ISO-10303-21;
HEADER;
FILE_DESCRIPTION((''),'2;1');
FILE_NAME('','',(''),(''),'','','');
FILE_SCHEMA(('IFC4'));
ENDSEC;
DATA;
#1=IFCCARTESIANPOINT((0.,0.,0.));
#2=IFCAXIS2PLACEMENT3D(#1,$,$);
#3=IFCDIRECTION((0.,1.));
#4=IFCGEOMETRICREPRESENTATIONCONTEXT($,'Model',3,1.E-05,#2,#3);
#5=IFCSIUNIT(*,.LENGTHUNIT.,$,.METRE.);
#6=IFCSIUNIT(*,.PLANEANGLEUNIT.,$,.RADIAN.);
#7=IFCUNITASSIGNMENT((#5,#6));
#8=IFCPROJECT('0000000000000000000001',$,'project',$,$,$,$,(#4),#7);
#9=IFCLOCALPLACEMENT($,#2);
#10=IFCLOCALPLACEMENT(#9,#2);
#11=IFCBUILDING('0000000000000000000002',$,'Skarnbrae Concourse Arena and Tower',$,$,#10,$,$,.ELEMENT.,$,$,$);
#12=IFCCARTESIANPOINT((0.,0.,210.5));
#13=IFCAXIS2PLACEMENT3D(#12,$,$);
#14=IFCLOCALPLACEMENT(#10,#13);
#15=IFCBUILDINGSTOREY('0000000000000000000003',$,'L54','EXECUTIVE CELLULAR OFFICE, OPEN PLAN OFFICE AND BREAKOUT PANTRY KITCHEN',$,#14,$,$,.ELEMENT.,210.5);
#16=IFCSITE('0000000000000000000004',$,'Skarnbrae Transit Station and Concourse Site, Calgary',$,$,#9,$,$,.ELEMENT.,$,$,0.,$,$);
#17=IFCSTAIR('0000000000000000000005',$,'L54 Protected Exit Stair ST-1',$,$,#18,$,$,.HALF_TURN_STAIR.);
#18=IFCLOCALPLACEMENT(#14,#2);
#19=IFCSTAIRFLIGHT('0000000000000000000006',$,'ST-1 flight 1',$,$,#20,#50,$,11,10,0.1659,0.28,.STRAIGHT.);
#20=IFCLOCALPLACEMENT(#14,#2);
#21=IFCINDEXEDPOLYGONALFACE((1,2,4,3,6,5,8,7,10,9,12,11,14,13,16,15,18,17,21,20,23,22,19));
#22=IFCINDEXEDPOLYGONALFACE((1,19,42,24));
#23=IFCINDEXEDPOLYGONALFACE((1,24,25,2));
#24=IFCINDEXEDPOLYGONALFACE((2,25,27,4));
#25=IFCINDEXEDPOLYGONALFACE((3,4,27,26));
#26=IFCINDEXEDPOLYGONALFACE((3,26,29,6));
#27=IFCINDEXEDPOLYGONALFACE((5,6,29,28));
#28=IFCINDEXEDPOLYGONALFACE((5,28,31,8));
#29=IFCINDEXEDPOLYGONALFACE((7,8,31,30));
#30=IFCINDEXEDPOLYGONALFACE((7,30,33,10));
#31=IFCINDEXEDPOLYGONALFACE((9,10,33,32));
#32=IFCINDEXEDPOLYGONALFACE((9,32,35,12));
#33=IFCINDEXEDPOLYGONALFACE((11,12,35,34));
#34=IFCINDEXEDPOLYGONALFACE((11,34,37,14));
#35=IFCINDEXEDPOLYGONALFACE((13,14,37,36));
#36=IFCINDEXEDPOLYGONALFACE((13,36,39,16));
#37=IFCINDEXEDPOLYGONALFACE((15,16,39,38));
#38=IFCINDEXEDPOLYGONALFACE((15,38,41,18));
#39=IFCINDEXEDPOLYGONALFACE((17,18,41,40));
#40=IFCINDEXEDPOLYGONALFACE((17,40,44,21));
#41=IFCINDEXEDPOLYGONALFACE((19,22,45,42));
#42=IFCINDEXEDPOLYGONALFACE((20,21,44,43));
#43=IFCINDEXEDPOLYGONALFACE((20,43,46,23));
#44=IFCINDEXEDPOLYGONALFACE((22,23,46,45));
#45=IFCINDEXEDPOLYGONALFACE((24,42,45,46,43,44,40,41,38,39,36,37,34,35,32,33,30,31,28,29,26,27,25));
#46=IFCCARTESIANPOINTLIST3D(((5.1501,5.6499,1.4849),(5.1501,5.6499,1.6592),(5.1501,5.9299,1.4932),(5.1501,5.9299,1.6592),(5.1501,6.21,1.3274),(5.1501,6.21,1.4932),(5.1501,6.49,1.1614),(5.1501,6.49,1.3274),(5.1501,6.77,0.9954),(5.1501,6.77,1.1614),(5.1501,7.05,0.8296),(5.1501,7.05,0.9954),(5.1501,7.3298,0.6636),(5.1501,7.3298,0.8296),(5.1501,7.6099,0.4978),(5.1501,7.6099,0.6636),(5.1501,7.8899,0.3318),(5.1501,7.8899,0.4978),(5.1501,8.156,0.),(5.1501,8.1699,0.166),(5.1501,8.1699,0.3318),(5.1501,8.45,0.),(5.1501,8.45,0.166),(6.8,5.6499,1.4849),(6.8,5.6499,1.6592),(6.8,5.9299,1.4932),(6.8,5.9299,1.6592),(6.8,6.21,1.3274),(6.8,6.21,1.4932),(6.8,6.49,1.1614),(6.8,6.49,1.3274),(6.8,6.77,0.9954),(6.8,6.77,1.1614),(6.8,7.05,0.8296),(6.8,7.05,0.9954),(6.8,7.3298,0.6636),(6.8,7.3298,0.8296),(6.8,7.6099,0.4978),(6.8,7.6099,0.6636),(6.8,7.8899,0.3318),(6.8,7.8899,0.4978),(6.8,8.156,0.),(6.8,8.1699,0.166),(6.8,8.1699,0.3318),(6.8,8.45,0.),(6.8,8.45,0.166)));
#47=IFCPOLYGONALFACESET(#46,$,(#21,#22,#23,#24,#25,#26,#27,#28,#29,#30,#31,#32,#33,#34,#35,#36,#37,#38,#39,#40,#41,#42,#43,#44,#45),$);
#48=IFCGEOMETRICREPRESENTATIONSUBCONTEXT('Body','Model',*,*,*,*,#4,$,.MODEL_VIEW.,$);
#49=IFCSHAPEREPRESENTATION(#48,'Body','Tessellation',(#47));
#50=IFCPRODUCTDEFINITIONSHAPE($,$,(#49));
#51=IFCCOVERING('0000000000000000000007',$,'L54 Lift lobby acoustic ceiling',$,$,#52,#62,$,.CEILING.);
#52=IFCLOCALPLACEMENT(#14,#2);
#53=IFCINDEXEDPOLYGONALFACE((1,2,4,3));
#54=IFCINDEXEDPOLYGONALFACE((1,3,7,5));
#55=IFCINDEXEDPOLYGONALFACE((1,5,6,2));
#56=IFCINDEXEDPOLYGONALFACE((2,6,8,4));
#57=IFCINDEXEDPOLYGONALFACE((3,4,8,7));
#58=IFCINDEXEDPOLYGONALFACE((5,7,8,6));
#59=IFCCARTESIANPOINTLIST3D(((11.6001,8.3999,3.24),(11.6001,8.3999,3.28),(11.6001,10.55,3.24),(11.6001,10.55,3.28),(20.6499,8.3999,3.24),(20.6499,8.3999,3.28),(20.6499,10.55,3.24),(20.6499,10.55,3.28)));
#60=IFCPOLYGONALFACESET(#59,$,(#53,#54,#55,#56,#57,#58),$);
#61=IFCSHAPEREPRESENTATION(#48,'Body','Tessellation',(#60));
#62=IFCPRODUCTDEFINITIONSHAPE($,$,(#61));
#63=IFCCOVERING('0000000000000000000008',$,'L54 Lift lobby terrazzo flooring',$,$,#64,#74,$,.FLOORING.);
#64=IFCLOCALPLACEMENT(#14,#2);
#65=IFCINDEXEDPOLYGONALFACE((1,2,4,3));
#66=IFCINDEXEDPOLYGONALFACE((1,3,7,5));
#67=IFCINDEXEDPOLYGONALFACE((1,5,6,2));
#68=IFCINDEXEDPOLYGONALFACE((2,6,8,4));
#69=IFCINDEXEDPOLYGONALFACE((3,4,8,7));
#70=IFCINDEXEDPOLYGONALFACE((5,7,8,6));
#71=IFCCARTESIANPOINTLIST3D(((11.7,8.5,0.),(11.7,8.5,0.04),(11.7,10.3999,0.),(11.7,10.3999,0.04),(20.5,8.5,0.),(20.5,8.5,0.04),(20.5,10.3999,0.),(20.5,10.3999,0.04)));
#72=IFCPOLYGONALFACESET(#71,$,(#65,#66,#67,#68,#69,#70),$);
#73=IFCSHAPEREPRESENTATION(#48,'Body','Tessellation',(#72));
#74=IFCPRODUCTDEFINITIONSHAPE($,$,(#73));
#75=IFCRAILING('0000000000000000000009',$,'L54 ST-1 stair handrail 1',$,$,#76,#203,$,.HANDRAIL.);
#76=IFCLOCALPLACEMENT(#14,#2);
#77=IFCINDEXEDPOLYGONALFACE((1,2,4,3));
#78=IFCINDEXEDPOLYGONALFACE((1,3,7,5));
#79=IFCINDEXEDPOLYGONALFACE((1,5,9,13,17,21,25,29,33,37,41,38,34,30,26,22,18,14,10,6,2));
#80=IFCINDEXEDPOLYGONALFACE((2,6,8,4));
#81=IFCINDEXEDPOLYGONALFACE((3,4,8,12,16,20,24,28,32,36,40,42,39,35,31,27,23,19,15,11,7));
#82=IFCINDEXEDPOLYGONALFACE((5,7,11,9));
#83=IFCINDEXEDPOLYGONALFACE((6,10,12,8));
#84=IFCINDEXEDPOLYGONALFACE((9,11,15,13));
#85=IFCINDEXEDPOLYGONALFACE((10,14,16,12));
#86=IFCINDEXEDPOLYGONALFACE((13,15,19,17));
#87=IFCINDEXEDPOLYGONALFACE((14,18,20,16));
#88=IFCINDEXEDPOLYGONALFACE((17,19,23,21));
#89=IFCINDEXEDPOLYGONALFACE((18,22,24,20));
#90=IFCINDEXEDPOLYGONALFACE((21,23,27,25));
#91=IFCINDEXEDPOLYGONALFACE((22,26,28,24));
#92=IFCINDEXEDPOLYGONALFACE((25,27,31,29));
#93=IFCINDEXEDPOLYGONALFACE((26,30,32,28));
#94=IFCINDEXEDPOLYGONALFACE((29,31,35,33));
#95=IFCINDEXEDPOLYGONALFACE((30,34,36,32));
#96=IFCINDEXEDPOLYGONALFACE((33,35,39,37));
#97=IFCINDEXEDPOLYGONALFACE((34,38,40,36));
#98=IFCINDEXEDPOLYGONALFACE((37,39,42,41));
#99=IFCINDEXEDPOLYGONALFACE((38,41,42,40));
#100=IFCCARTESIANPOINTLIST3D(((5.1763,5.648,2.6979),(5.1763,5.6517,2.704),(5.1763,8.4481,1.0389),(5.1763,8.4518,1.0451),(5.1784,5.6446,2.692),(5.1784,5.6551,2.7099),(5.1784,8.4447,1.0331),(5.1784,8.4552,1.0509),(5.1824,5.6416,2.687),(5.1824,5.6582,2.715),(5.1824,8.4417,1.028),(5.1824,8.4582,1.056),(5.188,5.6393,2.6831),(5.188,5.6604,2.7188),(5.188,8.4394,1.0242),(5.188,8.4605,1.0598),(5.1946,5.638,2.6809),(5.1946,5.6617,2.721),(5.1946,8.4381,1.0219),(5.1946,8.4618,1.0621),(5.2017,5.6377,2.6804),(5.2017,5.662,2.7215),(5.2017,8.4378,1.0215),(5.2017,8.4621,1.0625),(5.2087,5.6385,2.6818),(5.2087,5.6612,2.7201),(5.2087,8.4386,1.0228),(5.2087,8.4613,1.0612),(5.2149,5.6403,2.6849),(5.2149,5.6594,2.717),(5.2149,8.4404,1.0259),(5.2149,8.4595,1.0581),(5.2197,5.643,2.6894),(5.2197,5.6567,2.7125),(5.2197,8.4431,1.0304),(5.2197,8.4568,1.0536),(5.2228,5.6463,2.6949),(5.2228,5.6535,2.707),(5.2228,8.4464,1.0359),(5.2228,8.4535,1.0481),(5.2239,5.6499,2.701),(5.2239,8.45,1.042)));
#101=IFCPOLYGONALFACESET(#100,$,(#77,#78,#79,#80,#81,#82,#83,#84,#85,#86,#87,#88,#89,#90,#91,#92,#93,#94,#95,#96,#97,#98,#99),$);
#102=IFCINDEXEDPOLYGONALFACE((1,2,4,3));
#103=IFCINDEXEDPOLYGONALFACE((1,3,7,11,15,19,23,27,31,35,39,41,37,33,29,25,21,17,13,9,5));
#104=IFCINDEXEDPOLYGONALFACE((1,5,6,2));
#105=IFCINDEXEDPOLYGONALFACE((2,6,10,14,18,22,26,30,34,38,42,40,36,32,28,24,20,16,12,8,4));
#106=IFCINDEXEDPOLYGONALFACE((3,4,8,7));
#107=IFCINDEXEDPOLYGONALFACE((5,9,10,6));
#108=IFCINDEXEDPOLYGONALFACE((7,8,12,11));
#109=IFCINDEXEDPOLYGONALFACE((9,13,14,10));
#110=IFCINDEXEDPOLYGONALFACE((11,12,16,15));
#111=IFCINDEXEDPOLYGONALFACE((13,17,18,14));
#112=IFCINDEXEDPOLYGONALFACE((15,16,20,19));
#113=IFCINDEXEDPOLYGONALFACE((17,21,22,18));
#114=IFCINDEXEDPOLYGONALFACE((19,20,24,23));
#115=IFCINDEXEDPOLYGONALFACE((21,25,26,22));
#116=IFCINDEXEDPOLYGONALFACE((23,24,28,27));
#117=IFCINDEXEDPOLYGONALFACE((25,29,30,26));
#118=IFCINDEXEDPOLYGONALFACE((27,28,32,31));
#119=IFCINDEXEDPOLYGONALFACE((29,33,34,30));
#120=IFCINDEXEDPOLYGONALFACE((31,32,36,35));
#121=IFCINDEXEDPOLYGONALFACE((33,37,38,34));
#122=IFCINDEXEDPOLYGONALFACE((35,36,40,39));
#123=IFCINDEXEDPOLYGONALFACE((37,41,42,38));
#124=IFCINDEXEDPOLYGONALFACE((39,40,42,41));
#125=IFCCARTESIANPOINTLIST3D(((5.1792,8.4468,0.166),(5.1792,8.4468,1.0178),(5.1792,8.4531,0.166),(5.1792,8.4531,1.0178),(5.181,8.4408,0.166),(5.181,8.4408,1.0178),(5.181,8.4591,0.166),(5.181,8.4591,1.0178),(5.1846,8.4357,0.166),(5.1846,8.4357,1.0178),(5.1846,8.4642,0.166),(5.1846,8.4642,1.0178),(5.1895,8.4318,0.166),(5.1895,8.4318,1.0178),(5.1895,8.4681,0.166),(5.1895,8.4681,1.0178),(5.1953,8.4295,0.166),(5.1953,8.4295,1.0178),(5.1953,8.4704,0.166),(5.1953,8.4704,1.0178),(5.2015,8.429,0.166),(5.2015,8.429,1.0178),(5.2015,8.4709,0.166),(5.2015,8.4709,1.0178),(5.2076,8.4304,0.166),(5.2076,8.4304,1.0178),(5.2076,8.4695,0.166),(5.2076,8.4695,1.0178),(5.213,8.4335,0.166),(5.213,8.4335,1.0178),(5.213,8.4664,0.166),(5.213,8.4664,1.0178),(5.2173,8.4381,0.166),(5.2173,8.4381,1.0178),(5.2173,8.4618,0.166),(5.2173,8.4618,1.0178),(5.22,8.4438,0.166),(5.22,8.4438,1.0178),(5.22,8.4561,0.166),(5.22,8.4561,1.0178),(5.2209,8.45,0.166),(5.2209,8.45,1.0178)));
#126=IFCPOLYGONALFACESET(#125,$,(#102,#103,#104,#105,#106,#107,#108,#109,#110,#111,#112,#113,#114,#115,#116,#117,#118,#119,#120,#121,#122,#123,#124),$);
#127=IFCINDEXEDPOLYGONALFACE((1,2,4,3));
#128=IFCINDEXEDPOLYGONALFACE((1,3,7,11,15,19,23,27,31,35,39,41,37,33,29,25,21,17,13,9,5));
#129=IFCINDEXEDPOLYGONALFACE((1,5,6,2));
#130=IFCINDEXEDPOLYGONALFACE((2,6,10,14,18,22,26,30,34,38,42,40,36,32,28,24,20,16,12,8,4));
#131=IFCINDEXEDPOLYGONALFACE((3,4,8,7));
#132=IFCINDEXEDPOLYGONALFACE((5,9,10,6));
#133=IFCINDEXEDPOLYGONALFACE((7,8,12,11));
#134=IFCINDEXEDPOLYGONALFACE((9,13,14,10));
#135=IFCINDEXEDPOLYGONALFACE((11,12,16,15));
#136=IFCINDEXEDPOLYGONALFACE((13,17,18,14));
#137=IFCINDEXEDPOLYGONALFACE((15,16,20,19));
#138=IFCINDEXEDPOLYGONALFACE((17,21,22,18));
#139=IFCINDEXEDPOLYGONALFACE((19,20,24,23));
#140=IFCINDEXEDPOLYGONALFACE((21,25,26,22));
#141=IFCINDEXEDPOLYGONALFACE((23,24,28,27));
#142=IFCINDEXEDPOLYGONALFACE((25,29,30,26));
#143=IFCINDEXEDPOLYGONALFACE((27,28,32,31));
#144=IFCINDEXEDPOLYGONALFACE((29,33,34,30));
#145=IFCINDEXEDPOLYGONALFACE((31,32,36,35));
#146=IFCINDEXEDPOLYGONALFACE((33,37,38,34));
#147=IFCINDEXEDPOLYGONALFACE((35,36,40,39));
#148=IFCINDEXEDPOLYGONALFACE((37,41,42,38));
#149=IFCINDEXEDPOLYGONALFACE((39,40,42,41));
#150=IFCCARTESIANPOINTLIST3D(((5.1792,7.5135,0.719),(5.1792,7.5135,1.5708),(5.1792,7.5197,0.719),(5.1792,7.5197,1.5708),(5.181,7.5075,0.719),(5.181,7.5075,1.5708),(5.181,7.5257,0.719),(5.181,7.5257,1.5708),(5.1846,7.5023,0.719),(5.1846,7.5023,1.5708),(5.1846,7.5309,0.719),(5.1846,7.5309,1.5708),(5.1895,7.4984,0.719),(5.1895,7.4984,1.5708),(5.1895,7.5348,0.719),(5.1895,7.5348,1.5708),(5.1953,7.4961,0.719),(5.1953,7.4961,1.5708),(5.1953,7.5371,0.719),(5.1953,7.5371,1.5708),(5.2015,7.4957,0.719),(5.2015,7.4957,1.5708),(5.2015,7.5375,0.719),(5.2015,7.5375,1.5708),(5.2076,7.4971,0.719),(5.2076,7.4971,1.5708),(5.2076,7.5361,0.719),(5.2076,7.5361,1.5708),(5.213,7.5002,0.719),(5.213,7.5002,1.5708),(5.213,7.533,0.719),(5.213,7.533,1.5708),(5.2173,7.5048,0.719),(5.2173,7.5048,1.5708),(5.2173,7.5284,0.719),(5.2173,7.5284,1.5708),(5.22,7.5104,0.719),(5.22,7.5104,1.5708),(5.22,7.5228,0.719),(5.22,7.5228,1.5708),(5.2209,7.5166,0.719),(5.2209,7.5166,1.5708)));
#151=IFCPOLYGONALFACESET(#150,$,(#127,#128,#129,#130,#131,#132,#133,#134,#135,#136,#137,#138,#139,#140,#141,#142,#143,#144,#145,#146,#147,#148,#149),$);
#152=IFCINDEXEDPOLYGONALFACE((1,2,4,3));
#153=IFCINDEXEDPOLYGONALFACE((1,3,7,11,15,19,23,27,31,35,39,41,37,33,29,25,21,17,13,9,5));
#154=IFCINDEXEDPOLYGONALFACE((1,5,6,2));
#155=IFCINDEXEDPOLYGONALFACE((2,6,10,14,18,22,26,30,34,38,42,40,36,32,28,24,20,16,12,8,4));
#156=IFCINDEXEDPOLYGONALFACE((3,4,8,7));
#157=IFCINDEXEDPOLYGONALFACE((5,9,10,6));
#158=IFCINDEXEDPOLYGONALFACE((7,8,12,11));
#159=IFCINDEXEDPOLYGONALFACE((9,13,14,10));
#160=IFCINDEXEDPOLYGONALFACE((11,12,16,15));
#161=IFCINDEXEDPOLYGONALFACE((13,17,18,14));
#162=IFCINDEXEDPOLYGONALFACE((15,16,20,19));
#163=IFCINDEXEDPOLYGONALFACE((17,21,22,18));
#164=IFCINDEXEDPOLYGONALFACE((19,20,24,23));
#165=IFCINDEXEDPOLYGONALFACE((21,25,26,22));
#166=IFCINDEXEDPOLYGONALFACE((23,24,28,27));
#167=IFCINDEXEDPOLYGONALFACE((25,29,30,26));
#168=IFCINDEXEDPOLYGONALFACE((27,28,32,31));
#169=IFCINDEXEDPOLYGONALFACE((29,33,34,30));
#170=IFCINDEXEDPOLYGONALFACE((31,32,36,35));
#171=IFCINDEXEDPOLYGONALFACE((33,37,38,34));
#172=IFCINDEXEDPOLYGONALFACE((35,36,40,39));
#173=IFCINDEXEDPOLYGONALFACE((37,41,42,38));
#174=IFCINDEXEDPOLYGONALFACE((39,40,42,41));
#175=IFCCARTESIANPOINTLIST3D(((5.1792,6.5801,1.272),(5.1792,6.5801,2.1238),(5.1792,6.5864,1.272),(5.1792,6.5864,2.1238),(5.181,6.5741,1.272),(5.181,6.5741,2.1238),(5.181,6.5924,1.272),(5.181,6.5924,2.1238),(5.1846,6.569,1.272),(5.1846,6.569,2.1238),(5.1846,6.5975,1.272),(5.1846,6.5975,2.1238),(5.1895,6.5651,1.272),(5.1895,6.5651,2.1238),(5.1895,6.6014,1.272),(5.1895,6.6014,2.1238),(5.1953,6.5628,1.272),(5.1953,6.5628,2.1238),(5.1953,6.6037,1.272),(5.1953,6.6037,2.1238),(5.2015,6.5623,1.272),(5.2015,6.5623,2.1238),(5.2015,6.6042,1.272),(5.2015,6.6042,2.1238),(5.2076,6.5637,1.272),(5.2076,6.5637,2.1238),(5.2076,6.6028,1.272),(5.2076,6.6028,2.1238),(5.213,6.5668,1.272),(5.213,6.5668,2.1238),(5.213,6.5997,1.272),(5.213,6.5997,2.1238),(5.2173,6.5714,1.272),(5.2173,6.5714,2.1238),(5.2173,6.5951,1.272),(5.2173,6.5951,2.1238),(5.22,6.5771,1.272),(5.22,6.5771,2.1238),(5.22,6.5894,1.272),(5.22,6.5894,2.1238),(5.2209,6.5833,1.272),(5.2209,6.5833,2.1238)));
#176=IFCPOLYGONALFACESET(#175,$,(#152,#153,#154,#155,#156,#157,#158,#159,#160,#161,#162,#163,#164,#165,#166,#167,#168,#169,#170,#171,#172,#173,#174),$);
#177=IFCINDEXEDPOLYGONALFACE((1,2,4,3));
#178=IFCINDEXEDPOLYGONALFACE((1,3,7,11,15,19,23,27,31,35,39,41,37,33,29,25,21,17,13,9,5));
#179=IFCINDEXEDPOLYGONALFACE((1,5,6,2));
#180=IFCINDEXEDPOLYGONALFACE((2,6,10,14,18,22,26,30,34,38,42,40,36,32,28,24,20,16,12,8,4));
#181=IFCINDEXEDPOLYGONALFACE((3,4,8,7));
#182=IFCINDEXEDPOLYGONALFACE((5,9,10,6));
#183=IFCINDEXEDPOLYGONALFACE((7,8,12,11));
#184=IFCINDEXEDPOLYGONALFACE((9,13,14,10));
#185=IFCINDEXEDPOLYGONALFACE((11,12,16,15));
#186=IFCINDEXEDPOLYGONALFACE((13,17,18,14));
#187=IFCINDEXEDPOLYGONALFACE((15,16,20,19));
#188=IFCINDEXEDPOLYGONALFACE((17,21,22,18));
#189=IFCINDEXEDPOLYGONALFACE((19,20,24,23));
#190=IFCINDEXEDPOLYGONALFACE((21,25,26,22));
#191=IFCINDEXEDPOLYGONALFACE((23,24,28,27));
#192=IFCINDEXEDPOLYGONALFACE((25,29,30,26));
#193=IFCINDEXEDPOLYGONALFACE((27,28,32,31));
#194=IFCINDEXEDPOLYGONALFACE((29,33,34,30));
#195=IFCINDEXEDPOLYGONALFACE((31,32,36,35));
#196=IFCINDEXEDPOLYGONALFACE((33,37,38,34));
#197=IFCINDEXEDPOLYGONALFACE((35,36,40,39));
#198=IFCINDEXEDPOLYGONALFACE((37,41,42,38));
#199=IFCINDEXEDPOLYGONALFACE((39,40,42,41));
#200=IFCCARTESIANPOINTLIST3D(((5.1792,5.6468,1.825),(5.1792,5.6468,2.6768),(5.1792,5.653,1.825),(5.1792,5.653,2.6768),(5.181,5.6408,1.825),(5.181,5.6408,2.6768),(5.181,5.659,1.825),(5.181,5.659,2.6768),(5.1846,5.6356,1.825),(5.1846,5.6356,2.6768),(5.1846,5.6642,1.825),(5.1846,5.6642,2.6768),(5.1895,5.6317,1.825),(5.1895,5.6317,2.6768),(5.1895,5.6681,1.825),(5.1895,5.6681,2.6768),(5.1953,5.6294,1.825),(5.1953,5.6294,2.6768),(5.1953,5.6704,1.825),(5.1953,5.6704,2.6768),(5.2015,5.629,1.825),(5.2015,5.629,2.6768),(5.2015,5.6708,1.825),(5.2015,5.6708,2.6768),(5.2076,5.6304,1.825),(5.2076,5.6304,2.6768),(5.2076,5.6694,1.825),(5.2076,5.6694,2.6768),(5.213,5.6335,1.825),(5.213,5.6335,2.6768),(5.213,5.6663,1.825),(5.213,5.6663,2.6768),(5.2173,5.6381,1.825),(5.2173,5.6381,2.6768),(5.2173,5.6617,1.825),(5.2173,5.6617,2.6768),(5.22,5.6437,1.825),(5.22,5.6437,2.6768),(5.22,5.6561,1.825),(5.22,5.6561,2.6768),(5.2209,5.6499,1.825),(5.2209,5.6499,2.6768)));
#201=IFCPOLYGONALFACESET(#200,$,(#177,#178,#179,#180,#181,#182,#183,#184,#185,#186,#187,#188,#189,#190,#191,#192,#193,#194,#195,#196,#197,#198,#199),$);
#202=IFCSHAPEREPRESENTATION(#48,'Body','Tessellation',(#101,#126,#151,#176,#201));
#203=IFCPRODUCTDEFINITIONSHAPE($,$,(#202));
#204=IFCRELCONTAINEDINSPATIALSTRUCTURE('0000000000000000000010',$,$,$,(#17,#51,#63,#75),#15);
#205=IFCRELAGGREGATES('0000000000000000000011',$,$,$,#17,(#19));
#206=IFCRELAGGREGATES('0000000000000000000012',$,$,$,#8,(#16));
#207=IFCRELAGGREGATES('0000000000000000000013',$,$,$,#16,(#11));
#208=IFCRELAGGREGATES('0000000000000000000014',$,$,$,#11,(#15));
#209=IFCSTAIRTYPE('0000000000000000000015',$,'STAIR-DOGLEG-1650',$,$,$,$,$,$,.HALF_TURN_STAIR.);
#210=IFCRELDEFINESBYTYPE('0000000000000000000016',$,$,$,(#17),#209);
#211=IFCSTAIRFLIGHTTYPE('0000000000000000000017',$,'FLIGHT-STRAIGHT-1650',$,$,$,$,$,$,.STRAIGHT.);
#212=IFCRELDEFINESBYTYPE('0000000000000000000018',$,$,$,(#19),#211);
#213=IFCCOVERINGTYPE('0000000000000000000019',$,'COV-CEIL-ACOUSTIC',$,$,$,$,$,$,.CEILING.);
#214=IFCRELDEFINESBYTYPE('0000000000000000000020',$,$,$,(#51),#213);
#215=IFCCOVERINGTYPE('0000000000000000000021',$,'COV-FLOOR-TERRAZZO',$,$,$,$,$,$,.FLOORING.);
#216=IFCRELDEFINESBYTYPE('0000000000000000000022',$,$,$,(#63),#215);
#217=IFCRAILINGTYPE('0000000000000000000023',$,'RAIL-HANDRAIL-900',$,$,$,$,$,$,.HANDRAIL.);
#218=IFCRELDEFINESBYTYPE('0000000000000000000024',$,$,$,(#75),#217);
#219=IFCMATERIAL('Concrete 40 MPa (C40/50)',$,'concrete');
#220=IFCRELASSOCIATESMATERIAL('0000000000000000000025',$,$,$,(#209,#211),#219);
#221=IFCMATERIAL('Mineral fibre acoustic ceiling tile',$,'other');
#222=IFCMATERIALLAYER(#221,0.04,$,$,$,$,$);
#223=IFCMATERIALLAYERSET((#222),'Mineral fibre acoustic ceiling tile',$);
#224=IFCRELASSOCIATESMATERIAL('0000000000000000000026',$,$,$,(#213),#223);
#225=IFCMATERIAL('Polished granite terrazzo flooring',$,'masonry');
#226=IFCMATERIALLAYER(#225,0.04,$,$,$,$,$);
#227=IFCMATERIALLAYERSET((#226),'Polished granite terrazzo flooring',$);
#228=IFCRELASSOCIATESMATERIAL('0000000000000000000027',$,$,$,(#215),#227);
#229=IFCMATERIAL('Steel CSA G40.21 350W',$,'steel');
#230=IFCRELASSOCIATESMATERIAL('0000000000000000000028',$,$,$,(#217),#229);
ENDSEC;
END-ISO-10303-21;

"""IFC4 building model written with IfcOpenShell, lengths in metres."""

from ifc_helpers import new_model, si_unit, direction, frame, origin, origin_2d, place, context, subcontext, project, spatial, polyline, circle, outline, extrude, source, transform, mapped, material, layer, layer_set, type_object, element, aggregate, save


model = new_model("IFC4")

# Units and contexts
model_context = context("Model", 3, precision=1e-05, world=origin(), true_north=direction((0.0, 1.0)))
body_context = subcontext(model_context, "Body", "Model", "MODEL_VIEW")
ifc_project = project(units=[si_unit("LENGTHUNIT", "METRE"), si_unit("PLANEANGLEUNIT", "RADIAN")], contexts=[model_context])

# Site, building, storey
site_placement = place(None, origin())
site = spatial("IfcSite", under=ifc_project, at=site_placement, Name="Skarnbrae Transit Station and Concourse Site, Calgary", CompositionType="ELEMENT", RefElevation=0.0)
building_placement = place(site_placement, origin())
building = spatial("IfcBuilding", under=site, at=building_placement, Name="Skarnbrae Concourse Arena and Tower", CompositionType="ELEMENT")
storey_placement = place(building_placement, frame((0.0, 0.0, 210.5)))
storey = spatial("IfcBuildingStorey", under=building, at=storey_placement, Name="L54", Description="EXECUTIVE CELLULAR OFFICE, OPEN PLAN OFFICE AND BREAKOUT PANTRY KITCHEN", CompositionType="ELEMENT", Elevation=210.5)

# Shared definitions
ifc_material_1 = material(Name="Steel CSA G40.21 350W", Category="steel")

# Stair
ifc_material_2 = material(Name="Concrete 40 MPa (C40/50)", Category="concrete")
stair_type = type_object("IfcStairType", Name="STAIR-DOGLEG-1650", PredefinedType="HALF_TURN_STAIR", material=ifc_material_2)
stair_1_placement = place(storey_placement, origin())
stair_1 = element("IfcStair", 1, at=stair_1_placement, inside=storey, type_object=stair_type, Name="L54 Protected Exit Stair ST-1", PredefinedType="HALF_TURN_STAIR")

# Stair flight
stair_flight_type = type_object("IfcStairFlightType", Name="FLIGHT-STRAIGHT-1650", PredefinedType="STRAIGHT", material=ifc_material_2)
shared_shape_1 = source(origin(), body_context, "Body", "SweptSolid", [
    extrude(outline(polyline([(0.0, 0.0), (0.0, 0.166), (0.28, 0.166), (0.28, 0.3318), (0.5601, 0.3318), (0.5601, 0.4978), (0.8401, 0.4978), (0.8401, 0.6636), (1.1201, 0.6636), (1.1201, 0.8296), (1.3999, 0.8296), (1.3999, 0.9954), (1.6799, 0.9954), (1.6799, 1.1614), (1.96, 1.1614), (1.96, 1.3274), (2.24, 1.3274), (2.24, 1.4932), (2.52, 1.4932), (2.52, 1.6592), (2.8, 1.6592), (2.8, 1.825), (2.8, 1.4849), (0.2939, 0.0), (0.0, 0.0)])), frame((0.0, 0.825, 0.0), z_axis=(0.0, -1.0, 0.0), x_axis=(1.0, 0.0, 0.0)), (0.0, 0.0, 1.0), 1.6499),
])
stair_flight_placement = place(storey_placement, frame((5.9751, 8.45, 0.0), z_axis=(0.0, 0.0, 1.0), x_axis=(0.0, -1.0, 0.0)))
stair_flight = element("IfcStairFlight", 2, at=stair_flight_placement, type_object=stair_flight_type, Name="ST-1 flight 1", NumberOfRisers=11, NumberOfTreads=10, PredefinedType="STRAIGHT", RiserHeight=0.1659, TreadLength=0.28, context=body_context, shape_type="MappedRepresentation", body=[
    mapped(shared_shape_1, transform((0.0, 0.0, 0.0))),
])
aggregate(stair_1, [stair_flight])

# Coverings
ifc_material_3 = material(Name="Mineral fibre acoustic ceiling tile", Category="other")
ifc_layer_1 = layer(ifc_material_3, 0.04)
ifc_layer_set_1 = layer_set([ifc_layer_1], Name="Mineral fibre acoustic ceiling tile")
covering_type_1 = type_object("IfcCoveringType", Name="COV-CEIL-ACOUSTIC", PredefinedType="CEILING", material=ifc_layer_set_1)
covering_1_placement = place(storey_placement, frame((0.0, 0.0, 3.24)))
element("IfcCovering", 3, at=covering_1_placement, inside=storey, type_object=covering_type_1, Name="L54 Lift lobby acoustic ceiling", PredefinedType="CEILING", context=body_context, shape_type="SweptSolid", body=[
    extrude(outline(polyline([(11.6001, 8.3999), (20.6499, 8.3999), (20.6499, 10.55), (11.6001, 10.55), (11.6001, 8.3999)])), origin(), (0.0, 0.0, 1.0), 0.04),
])
ifc_material_4 = material(Name="Polished granite terrazzo flooring", Category="masonry")
ifc_layer_2 = layer(ifc_material_4, 0.04)
ifc_layer_set_2 = layer_set([ifc_layer_2], Name="Polished granite terrazzo flooring")
covering_type_2 = type_object("IfcCoveringType", Name="COV-FLOOR-TERRAZZO", PredefinedType="FLOORING", material=ifc_layer_set_2)
covering_2_placement = place(storey_placement, origin())
element("IfcCovering", 4, at=covering_2_placement, inside=storey, type_object=covering_type_2, Name="L54 Lift lobby terrazzo flooring", PredefinedType="FLOORING", context=body_context, shape_type="SweptSolid", body=[
    extrude(outline(polyline([(11.7, 8.5), (20.5, 8.5), (20.5, 10.3999), (11.7, 10.3999), (11.7, 8.5)])), origin(), (0.0, 0.0, 1.0), 0.04),
])

# Railing
railing_type = type_object("IfcRailingType", Name="RAIL-HANDRAIL-900", PredefinedType="HANDRAIL", material=ifc_material_1)
railing_placement = place(storey_placement, frame((5.2, 8.45, 0.166)))
element("IfcRailing", 5, at=railing_placement, inside=storey, type_object=railing_type, Name="L54 ST-1 stair handrail 1", PredefinedType="HANDRAIL", context=body_context, shape_type="SweptSolid", body=[
    extrude(circle(Radius=0.0239, at=origin_2d()), frame((0.0, 0.0, 0.876), z_axis=(0.0, -0.860339, 0.509722), x_axis=(1.0, 0.0, 0.0)), (0.0, 0.0, 1.0), 3.2546),
    extrude(circle(Radius=0.021, at=origin_2d()), origin(), (0.0, 0.0, 1.0), 0.8518),
    extrude(circle(Radius=0.021, at=origin_2d()), frame((0.0, -0.9333, 0.553)), (0.0, 0.0, 1.0), 0.8518),
    extrude(circle(Radius=0.021, at=origin_2d()), frame((0.0, -1.8667, 1.106)), (0.0, 0.0, 1.0), 0.8518),
    extrude(circle(Radius=0.021, at=origin_2d()), frame((0.0, -2.8, 1.6589)), (0.0, 0.0, 1.0), 0.8518),
])

save(model, "model.ifc")
